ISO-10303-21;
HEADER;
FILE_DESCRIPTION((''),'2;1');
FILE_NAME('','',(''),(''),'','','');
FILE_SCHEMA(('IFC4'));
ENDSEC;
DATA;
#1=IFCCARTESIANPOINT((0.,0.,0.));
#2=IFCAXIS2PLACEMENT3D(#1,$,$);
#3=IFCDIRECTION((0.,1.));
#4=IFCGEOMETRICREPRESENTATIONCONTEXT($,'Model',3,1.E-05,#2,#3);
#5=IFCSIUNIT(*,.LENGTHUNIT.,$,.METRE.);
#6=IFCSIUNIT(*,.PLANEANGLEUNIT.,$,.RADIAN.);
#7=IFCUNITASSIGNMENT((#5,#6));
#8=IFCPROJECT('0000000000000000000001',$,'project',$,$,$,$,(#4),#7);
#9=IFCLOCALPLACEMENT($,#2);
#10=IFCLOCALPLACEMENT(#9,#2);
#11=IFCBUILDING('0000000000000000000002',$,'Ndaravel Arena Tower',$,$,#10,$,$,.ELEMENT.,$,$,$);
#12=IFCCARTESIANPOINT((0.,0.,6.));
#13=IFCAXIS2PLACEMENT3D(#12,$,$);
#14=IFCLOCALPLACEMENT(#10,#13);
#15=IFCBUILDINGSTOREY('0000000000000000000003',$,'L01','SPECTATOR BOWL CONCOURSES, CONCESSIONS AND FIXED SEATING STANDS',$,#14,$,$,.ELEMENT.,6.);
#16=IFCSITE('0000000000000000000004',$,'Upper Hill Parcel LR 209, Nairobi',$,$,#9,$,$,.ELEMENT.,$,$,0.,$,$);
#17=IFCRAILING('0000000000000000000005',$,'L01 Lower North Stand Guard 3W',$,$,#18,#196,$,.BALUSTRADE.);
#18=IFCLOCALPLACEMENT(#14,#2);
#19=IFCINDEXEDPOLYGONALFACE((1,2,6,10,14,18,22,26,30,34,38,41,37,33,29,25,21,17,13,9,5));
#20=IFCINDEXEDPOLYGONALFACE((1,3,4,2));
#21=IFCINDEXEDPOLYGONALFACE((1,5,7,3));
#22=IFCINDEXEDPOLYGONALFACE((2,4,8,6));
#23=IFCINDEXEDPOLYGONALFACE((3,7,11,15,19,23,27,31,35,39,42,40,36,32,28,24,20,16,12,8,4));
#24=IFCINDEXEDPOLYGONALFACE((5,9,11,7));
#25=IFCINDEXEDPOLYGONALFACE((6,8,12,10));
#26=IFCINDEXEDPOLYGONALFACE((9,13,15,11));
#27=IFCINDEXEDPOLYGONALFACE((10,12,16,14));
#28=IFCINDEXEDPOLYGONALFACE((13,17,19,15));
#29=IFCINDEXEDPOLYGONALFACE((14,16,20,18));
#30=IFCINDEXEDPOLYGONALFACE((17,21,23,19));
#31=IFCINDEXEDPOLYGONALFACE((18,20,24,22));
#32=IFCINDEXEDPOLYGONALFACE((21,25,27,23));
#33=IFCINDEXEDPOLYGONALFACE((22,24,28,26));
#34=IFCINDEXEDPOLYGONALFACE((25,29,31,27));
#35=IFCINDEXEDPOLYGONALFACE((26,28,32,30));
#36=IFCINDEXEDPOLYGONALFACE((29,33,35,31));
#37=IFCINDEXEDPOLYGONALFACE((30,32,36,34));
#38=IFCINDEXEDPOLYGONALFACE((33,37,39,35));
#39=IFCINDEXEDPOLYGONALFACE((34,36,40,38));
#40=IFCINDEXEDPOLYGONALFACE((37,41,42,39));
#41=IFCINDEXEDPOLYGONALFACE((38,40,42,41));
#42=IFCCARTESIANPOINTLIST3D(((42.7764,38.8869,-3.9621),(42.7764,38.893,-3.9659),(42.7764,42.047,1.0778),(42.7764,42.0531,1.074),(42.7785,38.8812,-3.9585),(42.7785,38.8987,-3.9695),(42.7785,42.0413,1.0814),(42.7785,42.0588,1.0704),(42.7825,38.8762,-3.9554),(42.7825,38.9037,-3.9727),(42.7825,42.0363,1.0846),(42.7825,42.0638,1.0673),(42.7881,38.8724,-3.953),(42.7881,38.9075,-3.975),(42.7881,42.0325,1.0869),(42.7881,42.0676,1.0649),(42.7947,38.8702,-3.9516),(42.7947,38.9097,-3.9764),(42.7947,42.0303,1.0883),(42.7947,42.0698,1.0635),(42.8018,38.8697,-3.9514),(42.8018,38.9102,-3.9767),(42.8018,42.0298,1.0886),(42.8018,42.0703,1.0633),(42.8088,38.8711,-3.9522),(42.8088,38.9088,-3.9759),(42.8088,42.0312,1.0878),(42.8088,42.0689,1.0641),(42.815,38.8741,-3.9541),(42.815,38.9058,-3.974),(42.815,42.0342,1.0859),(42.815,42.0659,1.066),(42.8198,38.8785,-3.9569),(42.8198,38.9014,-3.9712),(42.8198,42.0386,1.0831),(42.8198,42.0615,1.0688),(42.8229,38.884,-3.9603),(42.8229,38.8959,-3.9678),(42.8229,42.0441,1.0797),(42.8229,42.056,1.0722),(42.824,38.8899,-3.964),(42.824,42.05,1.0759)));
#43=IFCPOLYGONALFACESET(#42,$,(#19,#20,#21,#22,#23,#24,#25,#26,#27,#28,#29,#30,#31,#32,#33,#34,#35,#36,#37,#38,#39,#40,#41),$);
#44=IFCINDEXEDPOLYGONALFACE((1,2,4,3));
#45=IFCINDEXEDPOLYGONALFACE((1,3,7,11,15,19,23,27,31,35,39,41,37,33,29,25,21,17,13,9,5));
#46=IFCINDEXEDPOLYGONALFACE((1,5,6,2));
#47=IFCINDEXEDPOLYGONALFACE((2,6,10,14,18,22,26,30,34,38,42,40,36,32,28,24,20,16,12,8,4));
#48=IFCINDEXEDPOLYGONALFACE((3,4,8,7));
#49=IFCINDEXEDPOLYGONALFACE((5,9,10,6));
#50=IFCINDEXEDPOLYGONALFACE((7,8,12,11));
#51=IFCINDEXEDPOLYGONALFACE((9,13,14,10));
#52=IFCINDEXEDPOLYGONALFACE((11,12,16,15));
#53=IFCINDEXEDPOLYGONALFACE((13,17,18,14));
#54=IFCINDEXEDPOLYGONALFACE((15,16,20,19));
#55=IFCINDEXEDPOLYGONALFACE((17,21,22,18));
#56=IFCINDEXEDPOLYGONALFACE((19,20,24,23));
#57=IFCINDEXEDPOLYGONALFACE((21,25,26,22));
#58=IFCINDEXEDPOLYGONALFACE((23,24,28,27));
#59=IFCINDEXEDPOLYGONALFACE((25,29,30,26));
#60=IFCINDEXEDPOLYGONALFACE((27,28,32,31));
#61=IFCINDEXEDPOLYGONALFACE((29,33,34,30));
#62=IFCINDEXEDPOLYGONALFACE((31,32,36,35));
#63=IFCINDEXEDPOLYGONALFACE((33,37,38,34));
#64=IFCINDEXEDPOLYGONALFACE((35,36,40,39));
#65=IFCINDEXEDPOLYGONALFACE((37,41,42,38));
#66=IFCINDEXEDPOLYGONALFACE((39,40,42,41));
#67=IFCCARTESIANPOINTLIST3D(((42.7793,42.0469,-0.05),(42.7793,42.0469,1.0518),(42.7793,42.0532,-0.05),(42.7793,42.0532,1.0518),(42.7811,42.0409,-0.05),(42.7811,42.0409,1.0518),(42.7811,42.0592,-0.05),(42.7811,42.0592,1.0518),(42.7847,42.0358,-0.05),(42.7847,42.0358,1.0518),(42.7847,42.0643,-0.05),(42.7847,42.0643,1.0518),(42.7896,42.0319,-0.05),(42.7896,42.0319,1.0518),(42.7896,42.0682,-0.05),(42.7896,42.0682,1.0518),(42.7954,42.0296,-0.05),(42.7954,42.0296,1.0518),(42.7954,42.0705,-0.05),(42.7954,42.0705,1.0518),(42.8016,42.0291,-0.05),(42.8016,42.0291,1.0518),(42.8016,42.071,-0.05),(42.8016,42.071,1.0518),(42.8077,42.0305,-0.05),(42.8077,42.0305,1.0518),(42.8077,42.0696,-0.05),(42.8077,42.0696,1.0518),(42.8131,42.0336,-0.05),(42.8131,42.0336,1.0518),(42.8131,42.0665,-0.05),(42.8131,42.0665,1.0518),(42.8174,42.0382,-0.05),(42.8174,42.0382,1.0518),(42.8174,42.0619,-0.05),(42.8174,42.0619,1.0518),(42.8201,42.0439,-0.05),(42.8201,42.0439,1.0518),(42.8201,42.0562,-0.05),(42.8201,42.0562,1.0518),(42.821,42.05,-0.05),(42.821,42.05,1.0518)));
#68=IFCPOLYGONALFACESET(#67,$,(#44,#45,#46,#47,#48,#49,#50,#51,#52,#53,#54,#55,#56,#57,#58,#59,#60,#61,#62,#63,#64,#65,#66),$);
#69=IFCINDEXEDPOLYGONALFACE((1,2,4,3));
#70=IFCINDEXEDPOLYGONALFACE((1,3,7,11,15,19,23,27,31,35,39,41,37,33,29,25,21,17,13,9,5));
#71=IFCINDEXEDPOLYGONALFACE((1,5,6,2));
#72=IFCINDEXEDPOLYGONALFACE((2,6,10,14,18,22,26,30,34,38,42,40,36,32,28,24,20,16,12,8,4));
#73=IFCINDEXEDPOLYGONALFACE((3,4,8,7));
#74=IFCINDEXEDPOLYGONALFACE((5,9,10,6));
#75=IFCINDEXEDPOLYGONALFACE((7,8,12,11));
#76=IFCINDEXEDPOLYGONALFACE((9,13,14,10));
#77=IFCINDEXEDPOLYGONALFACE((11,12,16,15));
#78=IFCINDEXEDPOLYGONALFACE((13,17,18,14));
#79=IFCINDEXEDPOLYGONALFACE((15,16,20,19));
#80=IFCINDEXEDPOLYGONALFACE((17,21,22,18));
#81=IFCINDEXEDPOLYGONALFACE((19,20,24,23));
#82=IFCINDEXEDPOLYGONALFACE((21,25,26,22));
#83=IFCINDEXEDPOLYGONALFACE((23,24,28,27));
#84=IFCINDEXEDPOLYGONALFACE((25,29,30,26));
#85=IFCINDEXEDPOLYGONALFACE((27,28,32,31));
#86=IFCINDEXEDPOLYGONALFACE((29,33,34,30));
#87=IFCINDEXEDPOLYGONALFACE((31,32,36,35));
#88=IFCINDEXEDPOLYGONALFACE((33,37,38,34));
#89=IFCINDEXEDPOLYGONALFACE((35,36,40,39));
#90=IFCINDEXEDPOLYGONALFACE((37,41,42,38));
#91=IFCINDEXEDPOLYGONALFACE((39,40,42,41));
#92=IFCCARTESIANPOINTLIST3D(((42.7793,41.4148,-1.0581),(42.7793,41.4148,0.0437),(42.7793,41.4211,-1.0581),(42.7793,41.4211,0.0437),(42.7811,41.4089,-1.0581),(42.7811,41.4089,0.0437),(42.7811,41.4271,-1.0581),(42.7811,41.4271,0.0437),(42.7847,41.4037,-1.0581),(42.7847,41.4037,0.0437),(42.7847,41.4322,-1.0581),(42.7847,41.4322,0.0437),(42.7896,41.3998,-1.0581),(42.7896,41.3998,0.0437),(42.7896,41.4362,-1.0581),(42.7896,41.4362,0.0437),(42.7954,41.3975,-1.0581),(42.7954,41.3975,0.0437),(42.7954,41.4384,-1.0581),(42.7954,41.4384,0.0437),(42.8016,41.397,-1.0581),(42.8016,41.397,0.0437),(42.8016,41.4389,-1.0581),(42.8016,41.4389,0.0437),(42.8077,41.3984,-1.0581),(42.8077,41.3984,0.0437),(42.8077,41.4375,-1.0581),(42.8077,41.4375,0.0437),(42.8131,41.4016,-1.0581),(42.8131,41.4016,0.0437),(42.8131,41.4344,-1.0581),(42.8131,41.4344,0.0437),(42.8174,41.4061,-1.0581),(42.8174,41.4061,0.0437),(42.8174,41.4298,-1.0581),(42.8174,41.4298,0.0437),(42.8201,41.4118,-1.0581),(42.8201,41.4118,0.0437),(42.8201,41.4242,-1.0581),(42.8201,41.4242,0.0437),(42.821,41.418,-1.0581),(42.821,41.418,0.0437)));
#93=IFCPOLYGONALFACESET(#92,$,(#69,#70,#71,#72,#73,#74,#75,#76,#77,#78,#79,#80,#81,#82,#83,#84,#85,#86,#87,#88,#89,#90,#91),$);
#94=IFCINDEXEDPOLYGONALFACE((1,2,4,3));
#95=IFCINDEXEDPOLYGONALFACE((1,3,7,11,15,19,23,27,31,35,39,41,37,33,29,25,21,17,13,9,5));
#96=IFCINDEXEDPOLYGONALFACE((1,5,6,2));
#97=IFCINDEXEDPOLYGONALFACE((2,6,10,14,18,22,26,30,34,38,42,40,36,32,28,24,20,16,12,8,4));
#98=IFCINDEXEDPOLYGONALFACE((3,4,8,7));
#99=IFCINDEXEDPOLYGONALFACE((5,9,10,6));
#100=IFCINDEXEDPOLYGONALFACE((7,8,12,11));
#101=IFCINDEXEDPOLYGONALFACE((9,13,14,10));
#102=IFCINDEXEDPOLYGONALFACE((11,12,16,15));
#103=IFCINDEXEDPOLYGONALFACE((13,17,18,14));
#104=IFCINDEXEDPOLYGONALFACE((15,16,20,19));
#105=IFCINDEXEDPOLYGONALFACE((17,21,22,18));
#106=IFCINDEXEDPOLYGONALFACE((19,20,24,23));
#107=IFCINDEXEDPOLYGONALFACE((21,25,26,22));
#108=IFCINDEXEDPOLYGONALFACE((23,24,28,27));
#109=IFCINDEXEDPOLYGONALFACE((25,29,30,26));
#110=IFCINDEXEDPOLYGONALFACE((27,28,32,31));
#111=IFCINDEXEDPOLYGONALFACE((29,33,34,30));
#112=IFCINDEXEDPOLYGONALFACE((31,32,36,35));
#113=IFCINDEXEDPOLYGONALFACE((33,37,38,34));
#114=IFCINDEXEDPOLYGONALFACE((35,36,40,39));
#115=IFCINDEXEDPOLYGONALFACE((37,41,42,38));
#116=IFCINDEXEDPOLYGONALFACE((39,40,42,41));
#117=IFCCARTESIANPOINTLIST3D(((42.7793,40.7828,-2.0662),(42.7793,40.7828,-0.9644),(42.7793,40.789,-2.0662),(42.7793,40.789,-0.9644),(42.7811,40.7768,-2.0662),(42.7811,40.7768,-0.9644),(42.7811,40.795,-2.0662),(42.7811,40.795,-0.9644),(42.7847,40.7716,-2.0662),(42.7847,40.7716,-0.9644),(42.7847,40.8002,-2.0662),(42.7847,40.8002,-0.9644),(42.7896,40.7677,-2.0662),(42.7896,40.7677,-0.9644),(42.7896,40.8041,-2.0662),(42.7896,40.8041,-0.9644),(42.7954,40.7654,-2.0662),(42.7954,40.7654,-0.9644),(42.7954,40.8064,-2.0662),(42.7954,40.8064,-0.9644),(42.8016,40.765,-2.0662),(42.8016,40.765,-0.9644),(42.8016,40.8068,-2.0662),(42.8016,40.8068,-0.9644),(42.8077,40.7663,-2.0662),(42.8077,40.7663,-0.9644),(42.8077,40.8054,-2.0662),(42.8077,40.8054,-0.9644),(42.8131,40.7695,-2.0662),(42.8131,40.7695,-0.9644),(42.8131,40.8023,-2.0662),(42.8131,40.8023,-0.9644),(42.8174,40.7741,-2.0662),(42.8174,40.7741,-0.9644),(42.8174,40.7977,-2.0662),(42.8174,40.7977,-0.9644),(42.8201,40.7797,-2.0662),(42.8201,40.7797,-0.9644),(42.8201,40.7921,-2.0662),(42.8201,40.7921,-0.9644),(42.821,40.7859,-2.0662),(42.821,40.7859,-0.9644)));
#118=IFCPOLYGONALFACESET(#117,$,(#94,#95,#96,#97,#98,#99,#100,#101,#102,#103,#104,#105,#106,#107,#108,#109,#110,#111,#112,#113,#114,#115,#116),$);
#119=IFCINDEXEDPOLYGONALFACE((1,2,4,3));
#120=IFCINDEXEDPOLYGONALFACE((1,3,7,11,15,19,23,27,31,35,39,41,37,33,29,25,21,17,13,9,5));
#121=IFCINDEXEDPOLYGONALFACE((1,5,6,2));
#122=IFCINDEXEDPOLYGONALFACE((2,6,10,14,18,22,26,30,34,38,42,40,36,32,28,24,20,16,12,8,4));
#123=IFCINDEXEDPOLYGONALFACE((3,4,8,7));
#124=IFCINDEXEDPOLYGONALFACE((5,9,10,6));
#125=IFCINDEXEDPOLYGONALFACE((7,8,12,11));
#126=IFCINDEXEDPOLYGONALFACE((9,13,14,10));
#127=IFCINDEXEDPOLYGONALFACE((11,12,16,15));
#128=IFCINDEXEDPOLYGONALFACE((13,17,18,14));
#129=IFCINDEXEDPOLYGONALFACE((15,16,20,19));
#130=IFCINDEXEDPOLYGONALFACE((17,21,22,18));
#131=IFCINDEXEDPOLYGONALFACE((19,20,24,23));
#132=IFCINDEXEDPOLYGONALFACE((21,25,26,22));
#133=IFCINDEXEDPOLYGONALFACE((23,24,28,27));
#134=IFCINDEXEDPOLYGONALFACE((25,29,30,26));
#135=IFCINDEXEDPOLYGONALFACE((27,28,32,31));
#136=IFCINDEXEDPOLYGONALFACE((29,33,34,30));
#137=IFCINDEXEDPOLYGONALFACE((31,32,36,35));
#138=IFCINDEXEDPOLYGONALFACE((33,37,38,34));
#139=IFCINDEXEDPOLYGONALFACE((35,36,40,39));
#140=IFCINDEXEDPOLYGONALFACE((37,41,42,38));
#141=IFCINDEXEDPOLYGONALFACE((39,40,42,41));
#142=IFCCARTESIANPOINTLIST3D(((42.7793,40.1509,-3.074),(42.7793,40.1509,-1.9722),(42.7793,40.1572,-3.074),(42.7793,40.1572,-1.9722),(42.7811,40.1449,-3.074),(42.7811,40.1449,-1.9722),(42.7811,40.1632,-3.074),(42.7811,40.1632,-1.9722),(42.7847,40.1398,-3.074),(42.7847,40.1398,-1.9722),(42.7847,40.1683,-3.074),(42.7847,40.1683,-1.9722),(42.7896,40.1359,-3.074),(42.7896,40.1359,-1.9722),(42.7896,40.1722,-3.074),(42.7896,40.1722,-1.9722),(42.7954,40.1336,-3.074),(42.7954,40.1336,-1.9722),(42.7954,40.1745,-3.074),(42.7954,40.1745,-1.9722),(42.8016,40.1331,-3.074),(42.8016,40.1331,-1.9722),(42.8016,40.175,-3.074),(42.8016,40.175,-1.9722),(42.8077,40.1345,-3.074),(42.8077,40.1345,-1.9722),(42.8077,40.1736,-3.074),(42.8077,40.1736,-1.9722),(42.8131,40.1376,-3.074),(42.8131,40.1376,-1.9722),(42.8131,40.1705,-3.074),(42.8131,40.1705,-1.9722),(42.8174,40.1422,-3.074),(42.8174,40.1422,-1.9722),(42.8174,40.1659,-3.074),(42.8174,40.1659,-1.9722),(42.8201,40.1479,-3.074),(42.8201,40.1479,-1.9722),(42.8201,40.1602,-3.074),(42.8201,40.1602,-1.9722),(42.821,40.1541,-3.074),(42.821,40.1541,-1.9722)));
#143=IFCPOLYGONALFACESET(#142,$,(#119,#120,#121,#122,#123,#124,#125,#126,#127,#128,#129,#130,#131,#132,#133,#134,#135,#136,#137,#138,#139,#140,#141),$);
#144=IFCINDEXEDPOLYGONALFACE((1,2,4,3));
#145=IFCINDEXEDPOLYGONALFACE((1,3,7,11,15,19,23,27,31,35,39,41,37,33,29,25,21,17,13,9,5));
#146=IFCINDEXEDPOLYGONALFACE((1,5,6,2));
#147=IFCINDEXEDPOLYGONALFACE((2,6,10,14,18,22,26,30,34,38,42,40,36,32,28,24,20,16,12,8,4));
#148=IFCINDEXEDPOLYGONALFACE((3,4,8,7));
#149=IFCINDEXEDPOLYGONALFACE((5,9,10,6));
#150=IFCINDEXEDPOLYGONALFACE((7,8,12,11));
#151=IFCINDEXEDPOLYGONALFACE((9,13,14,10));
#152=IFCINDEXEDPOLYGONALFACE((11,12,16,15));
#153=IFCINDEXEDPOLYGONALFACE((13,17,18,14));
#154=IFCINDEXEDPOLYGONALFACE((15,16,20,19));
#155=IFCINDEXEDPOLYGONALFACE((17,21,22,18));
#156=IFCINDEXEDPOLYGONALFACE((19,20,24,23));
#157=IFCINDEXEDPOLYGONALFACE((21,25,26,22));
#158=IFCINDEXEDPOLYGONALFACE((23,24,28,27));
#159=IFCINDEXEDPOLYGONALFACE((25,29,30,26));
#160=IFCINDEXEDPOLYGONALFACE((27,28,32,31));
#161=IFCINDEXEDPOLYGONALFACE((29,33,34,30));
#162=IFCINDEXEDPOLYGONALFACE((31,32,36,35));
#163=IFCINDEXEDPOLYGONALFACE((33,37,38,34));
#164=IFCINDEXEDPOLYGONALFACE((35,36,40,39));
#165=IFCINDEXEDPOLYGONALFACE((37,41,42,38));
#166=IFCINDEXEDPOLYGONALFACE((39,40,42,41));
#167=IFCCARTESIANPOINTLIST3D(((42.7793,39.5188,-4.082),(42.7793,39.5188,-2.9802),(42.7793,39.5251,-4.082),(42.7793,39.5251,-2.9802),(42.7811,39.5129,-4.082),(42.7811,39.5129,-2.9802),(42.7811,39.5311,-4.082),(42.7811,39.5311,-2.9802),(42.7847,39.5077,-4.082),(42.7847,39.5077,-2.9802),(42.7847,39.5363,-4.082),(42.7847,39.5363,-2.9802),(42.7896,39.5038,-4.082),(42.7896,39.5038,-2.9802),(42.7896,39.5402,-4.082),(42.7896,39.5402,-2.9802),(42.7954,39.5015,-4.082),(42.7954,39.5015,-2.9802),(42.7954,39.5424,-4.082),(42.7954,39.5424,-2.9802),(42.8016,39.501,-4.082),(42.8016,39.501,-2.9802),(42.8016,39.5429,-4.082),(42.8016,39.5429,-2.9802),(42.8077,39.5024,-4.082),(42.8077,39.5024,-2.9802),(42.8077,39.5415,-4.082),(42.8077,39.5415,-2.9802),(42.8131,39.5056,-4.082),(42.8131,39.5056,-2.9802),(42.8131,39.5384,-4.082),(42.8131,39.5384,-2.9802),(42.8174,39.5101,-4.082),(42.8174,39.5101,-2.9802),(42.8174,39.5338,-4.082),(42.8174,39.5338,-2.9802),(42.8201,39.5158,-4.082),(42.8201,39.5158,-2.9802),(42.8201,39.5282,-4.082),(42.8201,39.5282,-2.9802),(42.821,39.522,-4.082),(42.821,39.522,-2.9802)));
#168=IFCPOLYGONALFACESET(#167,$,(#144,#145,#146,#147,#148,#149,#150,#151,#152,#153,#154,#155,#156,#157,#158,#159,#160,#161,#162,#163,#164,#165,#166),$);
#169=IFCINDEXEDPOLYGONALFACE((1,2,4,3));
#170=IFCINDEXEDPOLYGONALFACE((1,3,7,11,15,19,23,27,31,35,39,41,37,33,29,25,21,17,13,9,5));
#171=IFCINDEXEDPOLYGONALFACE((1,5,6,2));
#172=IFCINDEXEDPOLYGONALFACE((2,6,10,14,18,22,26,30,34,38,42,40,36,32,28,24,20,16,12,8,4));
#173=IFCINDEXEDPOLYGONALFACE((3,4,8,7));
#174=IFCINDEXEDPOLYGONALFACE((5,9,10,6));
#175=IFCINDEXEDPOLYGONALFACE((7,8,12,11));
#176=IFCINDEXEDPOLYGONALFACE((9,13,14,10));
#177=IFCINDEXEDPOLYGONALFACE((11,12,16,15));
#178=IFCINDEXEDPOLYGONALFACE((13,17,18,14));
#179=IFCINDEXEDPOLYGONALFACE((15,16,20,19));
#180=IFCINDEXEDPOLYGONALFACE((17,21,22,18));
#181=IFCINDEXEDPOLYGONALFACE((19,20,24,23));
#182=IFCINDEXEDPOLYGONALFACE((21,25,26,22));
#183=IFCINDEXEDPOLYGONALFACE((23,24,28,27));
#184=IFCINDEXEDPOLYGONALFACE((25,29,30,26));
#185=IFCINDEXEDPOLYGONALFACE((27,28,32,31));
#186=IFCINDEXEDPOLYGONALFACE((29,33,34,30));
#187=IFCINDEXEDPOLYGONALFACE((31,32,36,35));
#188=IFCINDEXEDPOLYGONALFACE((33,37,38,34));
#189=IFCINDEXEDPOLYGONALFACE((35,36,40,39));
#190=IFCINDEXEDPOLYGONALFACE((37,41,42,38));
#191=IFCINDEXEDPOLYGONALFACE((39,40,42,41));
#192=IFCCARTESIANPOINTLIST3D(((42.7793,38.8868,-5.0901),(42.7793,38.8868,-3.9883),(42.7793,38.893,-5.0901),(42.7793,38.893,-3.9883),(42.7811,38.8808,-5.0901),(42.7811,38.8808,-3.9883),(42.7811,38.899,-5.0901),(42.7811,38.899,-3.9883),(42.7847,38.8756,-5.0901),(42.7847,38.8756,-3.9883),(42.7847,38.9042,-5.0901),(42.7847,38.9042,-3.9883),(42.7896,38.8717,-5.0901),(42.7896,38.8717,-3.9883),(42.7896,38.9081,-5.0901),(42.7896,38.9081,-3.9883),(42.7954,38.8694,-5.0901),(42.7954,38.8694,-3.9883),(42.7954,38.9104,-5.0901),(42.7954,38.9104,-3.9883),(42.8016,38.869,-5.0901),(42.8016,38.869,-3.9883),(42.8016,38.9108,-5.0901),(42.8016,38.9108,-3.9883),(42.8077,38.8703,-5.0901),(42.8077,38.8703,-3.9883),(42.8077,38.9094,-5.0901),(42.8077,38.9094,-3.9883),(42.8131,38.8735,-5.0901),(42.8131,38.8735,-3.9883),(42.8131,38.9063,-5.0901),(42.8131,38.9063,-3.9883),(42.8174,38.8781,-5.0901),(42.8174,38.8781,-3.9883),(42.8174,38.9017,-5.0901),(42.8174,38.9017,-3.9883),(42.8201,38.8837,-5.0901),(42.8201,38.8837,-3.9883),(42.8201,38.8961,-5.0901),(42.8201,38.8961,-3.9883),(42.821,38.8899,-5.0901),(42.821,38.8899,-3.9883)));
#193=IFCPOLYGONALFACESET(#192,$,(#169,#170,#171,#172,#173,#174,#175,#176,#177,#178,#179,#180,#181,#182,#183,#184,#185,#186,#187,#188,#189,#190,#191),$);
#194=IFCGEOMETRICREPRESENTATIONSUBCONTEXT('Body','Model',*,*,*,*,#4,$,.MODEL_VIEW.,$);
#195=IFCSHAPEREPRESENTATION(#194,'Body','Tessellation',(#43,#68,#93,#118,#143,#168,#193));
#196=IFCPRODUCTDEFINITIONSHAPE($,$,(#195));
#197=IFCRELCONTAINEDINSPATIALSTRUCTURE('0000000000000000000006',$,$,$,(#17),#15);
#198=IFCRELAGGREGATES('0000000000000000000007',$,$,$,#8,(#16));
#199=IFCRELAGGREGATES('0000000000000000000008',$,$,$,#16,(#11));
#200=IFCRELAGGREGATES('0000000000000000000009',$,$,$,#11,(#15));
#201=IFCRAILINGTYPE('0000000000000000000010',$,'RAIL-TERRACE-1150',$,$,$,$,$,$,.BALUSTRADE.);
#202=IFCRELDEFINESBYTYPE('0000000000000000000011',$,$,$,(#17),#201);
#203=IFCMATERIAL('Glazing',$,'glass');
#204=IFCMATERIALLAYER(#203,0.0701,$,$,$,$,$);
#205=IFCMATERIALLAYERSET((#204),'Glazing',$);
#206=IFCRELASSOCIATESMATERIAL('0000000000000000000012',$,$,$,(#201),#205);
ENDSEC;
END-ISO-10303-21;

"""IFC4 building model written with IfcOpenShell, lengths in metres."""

from ifc_helpers import new_model, si_unit, direction, frame, origin, origin_2d, place, context, subcontext, project, spatial, circle, extrude, material, layer, layer_set, type_object, element, save


model = new_model("IFC4")

# Units and contexts
model_context = context("Model", 3, precision=1e-05, world=origin(), true_north=direction((0.0, 1.0)))
body_context = subcontext(model_context, "Body", "Model", "MODEL_VIEW")
ifc_project = project(units=[si_unit("LENGTHUNIT", "METRE"), si_unit("PLANEANGLEUNIT", "RADIAN")], contexts=[model_context])

# Site, building, storey
site_placement = place(None, origin())
site = spatial("IfcSite", under=ifc_project, at=site_placement, Name="Upper Hill Parcel LR 209, Nairobi", CompositionType="ELEMENT", RefElevation=0.0)
building_placement = place(site_placement, origin())
building = spatial("IfcBuilding", under=site, at=building_placement, Name="Ndaravel Arena Tower", CompositionType="ELEMENT")
storey_placement = place(building_placement, frame((0.0, 0.0, 6.0)))
storey = spatial("IfcBuildingStorey", under=building, at=storey_placement, Name="L01", Description="SPECTATOR BOWL CONCOURSES, CONCESSIONS AND FIXED SEATING STANDS", CompositionType="ELEMENT", Elevation=6.0)

# Railing
ifc_material_1 = material(Name="Glazing", Category="glass")
ifc_layer_1 = layer(ifc_material_1, 0.0701)
ifc_layer_set_1 = layer_set([ifc_layer_1], Name="Glazing")
railing_type_1 = type_object("IfcRailingType", Name="RAIL-TERRACE-1150", PredefinedType="BALUSTRADE", material=ifc_layer_set_1)
railing_1_placement = place(storey_placement, frame((42.8, 42.05, -0.05)))
element("IfcRailing", 1, at=railing_1_placement, inside=storey, type_object=railing_type_1, Name="L01 Lower North Stand Guard 3W", PredefinedType="BALUSTRADE", context=body_context, shape_type="SweptSolid", body=[
    extrude(circle(Radius=0.0239, at=origin_2d()), frame((0.0, 0.0, 1.126), z_axis=(0.0, -0.531223, -0.847232), x_axis=(1.0, 0.0, 0.0)), (0.0, 0.0, 1.0), 5.9487),
    extrude(circle(Radius=0.021, at=origin_2d()), origin(), (0.0, 0.0, 1.0), 1.1018),
    extrude(circle(Radius=0.021, at=origin_2d()), frame((0.0, -0.6321, -1.0081)), (0.0, 0.0, 1.0), 1.1018),
    extrude(circle(Radius=0.021, at=origin_2d()), frame((0.0, -1.2642, -2.0161)), (0.0, 0.0, 1.0), 1.1018),
    extrude(circle(Radius=0.021, at=origin_2d()), frame((0.0, -1.896, -3.0239)), (0.0, 0.0, 1.0), 1.1018),
    extrude(circle(Radius=0.021, at=origin_2d()), frame((0.0, -2.5281, -4.032)), (0.0, 0.0, 1.0), 1.1018),
    extrude(circle(Radius=0.021, at=origin_2d()), frame((0.0, -3.1602, -5.04)), (0.0, 0.0, 1.0), 1.1018),
])

save(model, "model.ifc")
